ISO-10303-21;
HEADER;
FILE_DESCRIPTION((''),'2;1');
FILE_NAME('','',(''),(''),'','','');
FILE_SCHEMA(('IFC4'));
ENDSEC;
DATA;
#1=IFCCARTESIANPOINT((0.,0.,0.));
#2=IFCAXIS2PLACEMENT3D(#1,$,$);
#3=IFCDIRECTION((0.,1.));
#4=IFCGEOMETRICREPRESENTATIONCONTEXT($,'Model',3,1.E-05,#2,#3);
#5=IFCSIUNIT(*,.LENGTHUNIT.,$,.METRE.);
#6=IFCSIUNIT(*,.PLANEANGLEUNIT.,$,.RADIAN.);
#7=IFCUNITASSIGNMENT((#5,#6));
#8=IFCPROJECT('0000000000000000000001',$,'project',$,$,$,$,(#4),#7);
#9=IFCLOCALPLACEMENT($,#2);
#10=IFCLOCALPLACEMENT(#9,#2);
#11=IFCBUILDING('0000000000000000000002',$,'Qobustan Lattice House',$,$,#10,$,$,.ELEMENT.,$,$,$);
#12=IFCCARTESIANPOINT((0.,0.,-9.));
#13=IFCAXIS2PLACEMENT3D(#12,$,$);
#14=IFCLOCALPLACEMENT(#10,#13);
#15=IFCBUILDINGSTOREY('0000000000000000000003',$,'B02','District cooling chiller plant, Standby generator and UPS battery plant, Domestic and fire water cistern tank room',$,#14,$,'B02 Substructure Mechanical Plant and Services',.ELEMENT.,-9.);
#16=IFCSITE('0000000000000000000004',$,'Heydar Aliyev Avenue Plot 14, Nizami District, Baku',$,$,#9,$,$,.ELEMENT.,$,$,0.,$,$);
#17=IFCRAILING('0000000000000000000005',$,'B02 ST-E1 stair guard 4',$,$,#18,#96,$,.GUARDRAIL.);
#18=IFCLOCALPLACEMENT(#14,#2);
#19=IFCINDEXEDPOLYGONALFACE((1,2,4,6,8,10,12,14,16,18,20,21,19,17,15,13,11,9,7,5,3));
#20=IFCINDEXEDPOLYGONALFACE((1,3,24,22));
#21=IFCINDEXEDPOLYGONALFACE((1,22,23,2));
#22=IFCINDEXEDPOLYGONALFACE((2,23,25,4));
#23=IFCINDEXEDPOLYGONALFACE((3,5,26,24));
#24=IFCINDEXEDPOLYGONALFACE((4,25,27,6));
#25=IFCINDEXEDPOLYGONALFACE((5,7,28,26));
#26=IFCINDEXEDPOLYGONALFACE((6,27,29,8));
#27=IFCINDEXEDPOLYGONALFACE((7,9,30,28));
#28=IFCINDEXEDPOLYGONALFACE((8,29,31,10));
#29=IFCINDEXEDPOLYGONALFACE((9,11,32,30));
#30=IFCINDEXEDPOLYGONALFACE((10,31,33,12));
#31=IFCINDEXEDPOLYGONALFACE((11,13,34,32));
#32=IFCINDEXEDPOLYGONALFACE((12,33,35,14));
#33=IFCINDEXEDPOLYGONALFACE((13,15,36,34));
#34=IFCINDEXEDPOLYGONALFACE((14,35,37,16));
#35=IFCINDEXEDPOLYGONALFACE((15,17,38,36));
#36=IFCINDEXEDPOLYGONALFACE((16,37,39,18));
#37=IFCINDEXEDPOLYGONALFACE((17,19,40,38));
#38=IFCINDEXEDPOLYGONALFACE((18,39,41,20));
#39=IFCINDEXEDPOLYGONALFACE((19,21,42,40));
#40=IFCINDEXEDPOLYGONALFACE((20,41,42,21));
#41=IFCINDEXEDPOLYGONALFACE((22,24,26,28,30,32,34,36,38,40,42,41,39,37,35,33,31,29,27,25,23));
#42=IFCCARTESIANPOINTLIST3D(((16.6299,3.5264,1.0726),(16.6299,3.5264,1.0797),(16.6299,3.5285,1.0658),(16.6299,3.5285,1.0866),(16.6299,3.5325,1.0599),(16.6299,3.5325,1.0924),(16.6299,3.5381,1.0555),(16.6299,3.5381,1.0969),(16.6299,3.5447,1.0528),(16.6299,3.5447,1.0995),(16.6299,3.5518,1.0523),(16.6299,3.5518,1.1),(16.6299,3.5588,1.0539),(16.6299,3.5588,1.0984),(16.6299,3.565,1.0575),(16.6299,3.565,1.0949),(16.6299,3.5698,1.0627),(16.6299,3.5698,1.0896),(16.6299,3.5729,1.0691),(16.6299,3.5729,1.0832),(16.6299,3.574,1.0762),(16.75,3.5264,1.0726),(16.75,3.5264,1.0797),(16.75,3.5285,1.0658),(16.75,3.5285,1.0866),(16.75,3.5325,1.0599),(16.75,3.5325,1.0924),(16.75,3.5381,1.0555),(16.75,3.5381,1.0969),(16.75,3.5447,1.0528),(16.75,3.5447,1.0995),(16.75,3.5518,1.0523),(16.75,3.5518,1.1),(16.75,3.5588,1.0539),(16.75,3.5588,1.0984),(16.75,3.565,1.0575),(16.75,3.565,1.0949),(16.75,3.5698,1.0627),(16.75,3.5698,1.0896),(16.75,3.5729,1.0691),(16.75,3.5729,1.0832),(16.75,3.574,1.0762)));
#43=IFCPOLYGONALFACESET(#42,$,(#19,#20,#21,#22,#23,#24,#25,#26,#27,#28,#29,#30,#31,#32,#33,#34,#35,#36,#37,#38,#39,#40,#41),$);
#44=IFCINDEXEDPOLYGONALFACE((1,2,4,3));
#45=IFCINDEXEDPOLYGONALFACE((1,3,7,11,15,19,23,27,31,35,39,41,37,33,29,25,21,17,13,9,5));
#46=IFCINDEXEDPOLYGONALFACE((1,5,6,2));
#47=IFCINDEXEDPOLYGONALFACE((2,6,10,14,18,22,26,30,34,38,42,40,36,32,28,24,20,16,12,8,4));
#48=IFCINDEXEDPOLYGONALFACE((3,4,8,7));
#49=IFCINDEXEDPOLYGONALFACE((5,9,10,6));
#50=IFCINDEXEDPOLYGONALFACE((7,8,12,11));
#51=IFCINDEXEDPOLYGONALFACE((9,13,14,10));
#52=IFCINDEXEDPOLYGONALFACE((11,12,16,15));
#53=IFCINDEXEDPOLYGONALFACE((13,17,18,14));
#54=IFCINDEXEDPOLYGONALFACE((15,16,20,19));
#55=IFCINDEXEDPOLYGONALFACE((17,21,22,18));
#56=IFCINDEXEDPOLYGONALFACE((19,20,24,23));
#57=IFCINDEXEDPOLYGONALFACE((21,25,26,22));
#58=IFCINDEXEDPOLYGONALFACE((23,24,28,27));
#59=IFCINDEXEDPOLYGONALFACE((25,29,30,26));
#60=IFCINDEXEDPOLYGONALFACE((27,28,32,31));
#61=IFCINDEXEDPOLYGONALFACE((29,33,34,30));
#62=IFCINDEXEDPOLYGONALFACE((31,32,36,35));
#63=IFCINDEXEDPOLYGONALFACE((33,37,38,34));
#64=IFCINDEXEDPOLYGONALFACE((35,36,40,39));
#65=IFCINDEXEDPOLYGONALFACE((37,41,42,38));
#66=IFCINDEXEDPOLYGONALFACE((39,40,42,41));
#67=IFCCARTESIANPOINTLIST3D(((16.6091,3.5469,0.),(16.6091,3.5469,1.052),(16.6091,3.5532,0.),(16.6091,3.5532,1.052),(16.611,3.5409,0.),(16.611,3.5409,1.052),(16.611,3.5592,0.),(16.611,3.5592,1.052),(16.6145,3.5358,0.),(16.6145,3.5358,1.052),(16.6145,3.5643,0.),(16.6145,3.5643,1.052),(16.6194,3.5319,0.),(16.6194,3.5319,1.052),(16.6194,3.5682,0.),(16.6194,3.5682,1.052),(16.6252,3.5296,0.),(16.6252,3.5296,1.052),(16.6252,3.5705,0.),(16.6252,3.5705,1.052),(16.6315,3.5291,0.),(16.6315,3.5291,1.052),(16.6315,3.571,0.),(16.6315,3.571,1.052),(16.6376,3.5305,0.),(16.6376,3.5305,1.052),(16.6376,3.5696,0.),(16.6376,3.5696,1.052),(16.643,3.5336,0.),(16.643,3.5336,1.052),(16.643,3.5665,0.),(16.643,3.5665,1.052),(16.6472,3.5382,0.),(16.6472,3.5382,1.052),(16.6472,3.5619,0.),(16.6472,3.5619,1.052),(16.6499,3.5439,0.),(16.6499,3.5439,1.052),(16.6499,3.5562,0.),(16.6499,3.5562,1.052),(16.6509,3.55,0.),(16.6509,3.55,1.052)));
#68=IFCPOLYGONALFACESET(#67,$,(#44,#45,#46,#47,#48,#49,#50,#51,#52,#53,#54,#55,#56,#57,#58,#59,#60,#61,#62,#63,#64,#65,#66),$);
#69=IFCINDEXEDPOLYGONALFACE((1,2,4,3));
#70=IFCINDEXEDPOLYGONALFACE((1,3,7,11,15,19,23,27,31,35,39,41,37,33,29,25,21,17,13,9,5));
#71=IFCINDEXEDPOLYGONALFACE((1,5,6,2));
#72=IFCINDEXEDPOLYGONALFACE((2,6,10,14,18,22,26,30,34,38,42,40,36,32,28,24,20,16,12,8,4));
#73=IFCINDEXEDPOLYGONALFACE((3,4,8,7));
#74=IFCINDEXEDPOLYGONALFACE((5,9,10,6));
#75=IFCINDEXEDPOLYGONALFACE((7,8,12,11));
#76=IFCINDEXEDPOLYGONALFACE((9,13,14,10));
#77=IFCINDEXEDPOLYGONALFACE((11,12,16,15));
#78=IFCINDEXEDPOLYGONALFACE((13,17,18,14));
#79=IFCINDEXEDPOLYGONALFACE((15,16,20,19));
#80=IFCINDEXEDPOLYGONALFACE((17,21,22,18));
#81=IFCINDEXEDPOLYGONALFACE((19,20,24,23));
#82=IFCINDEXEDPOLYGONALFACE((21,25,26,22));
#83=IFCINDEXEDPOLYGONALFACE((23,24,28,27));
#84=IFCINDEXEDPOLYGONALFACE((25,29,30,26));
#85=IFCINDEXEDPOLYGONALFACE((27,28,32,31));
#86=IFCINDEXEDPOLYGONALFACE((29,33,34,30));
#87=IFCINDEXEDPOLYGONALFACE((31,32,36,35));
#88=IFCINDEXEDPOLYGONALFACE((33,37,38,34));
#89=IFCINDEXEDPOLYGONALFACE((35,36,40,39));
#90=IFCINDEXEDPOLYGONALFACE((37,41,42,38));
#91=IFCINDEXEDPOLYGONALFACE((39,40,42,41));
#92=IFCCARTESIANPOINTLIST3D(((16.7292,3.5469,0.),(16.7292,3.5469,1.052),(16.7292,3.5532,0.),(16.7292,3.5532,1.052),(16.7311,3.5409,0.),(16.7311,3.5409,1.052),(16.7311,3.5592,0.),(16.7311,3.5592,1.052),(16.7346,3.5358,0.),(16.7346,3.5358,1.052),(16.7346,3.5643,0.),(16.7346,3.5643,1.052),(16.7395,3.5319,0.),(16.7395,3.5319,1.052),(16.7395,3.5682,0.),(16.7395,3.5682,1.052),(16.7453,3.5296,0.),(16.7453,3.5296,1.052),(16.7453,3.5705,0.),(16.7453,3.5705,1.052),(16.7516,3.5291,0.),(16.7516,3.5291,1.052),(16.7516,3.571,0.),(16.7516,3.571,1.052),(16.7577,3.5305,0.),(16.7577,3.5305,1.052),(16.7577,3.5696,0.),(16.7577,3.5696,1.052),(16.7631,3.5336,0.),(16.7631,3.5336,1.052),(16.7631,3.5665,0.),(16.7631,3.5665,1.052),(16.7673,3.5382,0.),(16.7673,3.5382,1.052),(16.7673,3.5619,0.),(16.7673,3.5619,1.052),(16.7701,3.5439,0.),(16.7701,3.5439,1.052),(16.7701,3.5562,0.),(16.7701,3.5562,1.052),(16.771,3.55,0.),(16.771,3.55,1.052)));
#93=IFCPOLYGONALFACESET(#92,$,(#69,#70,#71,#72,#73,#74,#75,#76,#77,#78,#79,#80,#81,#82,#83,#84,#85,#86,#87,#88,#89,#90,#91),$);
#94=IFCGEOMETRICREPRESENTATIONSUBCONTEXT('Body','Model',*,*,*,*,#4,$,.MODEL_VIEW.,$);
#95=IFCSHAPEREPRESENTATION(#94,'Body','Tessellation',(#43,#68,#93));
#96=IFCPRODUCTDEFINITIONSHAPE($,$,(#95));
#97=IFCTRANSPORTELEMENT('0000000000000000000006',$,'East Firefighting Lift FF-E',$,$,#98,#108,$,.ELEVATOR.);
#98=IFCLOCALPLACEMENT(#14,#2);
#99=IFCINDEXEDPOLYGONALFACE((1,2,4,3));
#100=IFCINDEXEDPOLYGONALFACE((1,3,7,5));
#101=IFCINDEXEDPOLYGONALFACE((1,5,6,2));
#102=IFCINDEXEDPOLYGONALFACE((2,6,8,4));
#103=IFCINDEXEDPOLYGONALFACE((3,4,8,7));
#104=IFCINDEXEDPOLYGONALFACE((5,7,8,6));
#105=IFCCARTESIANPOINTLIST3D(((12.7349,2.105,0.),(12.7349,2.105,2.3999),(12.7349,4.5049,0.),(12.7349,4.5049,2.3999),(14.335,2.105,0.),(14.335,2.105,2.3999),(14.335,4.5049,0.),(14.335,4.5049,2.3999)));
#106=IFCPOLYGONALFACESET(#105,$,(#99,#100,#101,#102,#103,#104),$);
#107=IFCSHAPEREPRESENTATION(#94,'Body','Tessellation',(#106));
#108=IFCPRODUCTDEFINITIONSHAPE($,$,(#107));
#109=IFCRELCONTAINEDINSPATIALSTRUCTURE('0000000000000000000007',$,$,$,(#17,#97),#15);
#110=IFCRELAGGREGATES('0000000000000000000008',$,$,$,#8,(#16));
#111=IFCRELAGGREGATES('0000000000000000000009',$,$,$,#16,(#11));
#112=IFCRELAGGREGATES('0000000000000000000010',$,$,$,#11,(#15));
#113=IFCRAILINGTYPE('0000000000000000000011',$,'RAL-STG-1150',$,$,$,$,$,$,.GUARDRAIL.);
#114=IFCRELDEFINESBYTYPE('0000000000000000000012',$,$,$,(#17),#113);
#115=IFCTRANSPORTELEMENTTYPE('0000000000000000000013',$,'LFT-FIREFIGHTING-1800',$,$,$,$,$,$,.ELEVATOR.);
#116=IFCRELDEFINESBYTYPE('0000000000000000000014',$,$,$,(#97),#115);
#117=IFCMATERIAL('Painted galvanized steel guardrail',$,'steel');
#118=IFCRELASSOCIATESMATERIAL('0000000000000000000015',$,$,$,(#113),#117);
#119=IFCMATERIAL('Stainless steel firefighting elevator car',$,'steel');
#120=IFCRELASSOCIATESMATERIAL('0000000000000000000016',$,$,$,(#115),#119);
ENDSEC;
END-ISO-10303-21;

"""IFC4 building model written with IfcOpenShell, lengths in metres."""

from ifc_helpers import new_model, si_unit, direction, frame, origin, origin_2d, place, context, subcontext, project, spatial, rectangle, circle, extrude, material, type_object, element, save


model = new_model("IFC4")

# Units and contexts
model_context = context("Model", 3, precision=1e-05, world=origin(), true_north=direction((0.0, 1.0)))
body_context = subcontext(model_context, "Body", "Model", "MODEL_VIEW")
ifc_project = project(units=[si_unit("LENGTHUNIT", "METRE"), si_unit("PLANEANGLEUNIT", "RADIAN")], contexts=[model_context])

# Site, building, storey
site_placement = place(None, origin())
site = spatial("IfcSite", under=ifc_project, at=site_placement, Name="Heydar Aliyev Avenue Plot 14, Nizami District, Baku", CompositionType="ELEMENT", RefElevation=0.0)
building_placement = place(site_placement, origin())
building = spatial("IfcBuilding", under=site, at=building_placement, Name="Qobustan Lattice House", CompositionType="ELEMENT")
storey_placement = place(building_placement, frame((0.0, 0.0, -9.0)))
storey = spatial("IfcBuildingStorey", under=building, at=storey_placement, Name="B02", Description="District cooling chiller plant, Standby generator and UPS battery plant, Domestic and fire water cistern tank room", LongName="B02 Substructure Mechanical Plant and Services", CompositionType="ELEMENT", Elevation=-9.0)

# Railing
ifc_material_1 = material(Name="Painted galvanized steel guardrail", Category="steel")
railing_type_1 = type_object("IfcRailingType", Name="RAL-STG-1150", PredefinedType="GUARDRAIL", material=ifc_material_1)
railing_1_placement = place(storey_placement, frame((16.6299, 3.55, 0.0)))
element("IfcRailing", 1, at=railing_1_placement, inside=storey, type_object=railing_type_1, Name="B02 ST-E1 stair guard 4", PredefinedType="GUARDRAIL", context=body_context, shape_type="SweptSolid", body=[
    extrude(circle(Radius=0.0239, at=origin_2d()), frame((0.0, 0.0, 1.0762), z_axis=(1.0, 0.0, 0.0), x_axis=(0.0, 1.0, 0.0)), (0.0, 0.0, 1.0), 0.1201),
    extrude(circle(Radius=0.021, at=origin_2d()), origin(), (0.0, 0.0, 1.0), 1.052),
    extrude(circle(Radius=0.021, at=origin_2d()), frame((0.1201, 0.0, 0.0)), (0.0, 0.0, 1.0), 1.052),
])

# Transport element
ifc_material_2 = material(Name="Stainless steel firefighting elevator car", Category="steel")
transport_element_type = type_object("IfcTransportElementType", Name="LFT-FIREFIGHTING-1800", PredefinedType="ELEVATOR", material=ifc_material_2)
transport_element_placement = place(storey_placement, frame((13.5349, 3.3049, 0.0), z_axis=(0.0, 0.0, 1.0), x_axis=(1.0, 0.0, 0.0)))
element("IfcTransportElement", 2, at=transport_element_placement, inside=storey, type_object=transport_element_type, Name="East Firefighting Lift FF-E", PredefinedType="ELEVATOR", context=body_context, shape_type="SweptSolid", body=[
    extrude(rectangle(XDim=1.6001, YDim=2.3999, at=origin_2d()), origin(), (0.0, 0.0, 1.0), 2.3999),
])

save(model, "model.ifc")
